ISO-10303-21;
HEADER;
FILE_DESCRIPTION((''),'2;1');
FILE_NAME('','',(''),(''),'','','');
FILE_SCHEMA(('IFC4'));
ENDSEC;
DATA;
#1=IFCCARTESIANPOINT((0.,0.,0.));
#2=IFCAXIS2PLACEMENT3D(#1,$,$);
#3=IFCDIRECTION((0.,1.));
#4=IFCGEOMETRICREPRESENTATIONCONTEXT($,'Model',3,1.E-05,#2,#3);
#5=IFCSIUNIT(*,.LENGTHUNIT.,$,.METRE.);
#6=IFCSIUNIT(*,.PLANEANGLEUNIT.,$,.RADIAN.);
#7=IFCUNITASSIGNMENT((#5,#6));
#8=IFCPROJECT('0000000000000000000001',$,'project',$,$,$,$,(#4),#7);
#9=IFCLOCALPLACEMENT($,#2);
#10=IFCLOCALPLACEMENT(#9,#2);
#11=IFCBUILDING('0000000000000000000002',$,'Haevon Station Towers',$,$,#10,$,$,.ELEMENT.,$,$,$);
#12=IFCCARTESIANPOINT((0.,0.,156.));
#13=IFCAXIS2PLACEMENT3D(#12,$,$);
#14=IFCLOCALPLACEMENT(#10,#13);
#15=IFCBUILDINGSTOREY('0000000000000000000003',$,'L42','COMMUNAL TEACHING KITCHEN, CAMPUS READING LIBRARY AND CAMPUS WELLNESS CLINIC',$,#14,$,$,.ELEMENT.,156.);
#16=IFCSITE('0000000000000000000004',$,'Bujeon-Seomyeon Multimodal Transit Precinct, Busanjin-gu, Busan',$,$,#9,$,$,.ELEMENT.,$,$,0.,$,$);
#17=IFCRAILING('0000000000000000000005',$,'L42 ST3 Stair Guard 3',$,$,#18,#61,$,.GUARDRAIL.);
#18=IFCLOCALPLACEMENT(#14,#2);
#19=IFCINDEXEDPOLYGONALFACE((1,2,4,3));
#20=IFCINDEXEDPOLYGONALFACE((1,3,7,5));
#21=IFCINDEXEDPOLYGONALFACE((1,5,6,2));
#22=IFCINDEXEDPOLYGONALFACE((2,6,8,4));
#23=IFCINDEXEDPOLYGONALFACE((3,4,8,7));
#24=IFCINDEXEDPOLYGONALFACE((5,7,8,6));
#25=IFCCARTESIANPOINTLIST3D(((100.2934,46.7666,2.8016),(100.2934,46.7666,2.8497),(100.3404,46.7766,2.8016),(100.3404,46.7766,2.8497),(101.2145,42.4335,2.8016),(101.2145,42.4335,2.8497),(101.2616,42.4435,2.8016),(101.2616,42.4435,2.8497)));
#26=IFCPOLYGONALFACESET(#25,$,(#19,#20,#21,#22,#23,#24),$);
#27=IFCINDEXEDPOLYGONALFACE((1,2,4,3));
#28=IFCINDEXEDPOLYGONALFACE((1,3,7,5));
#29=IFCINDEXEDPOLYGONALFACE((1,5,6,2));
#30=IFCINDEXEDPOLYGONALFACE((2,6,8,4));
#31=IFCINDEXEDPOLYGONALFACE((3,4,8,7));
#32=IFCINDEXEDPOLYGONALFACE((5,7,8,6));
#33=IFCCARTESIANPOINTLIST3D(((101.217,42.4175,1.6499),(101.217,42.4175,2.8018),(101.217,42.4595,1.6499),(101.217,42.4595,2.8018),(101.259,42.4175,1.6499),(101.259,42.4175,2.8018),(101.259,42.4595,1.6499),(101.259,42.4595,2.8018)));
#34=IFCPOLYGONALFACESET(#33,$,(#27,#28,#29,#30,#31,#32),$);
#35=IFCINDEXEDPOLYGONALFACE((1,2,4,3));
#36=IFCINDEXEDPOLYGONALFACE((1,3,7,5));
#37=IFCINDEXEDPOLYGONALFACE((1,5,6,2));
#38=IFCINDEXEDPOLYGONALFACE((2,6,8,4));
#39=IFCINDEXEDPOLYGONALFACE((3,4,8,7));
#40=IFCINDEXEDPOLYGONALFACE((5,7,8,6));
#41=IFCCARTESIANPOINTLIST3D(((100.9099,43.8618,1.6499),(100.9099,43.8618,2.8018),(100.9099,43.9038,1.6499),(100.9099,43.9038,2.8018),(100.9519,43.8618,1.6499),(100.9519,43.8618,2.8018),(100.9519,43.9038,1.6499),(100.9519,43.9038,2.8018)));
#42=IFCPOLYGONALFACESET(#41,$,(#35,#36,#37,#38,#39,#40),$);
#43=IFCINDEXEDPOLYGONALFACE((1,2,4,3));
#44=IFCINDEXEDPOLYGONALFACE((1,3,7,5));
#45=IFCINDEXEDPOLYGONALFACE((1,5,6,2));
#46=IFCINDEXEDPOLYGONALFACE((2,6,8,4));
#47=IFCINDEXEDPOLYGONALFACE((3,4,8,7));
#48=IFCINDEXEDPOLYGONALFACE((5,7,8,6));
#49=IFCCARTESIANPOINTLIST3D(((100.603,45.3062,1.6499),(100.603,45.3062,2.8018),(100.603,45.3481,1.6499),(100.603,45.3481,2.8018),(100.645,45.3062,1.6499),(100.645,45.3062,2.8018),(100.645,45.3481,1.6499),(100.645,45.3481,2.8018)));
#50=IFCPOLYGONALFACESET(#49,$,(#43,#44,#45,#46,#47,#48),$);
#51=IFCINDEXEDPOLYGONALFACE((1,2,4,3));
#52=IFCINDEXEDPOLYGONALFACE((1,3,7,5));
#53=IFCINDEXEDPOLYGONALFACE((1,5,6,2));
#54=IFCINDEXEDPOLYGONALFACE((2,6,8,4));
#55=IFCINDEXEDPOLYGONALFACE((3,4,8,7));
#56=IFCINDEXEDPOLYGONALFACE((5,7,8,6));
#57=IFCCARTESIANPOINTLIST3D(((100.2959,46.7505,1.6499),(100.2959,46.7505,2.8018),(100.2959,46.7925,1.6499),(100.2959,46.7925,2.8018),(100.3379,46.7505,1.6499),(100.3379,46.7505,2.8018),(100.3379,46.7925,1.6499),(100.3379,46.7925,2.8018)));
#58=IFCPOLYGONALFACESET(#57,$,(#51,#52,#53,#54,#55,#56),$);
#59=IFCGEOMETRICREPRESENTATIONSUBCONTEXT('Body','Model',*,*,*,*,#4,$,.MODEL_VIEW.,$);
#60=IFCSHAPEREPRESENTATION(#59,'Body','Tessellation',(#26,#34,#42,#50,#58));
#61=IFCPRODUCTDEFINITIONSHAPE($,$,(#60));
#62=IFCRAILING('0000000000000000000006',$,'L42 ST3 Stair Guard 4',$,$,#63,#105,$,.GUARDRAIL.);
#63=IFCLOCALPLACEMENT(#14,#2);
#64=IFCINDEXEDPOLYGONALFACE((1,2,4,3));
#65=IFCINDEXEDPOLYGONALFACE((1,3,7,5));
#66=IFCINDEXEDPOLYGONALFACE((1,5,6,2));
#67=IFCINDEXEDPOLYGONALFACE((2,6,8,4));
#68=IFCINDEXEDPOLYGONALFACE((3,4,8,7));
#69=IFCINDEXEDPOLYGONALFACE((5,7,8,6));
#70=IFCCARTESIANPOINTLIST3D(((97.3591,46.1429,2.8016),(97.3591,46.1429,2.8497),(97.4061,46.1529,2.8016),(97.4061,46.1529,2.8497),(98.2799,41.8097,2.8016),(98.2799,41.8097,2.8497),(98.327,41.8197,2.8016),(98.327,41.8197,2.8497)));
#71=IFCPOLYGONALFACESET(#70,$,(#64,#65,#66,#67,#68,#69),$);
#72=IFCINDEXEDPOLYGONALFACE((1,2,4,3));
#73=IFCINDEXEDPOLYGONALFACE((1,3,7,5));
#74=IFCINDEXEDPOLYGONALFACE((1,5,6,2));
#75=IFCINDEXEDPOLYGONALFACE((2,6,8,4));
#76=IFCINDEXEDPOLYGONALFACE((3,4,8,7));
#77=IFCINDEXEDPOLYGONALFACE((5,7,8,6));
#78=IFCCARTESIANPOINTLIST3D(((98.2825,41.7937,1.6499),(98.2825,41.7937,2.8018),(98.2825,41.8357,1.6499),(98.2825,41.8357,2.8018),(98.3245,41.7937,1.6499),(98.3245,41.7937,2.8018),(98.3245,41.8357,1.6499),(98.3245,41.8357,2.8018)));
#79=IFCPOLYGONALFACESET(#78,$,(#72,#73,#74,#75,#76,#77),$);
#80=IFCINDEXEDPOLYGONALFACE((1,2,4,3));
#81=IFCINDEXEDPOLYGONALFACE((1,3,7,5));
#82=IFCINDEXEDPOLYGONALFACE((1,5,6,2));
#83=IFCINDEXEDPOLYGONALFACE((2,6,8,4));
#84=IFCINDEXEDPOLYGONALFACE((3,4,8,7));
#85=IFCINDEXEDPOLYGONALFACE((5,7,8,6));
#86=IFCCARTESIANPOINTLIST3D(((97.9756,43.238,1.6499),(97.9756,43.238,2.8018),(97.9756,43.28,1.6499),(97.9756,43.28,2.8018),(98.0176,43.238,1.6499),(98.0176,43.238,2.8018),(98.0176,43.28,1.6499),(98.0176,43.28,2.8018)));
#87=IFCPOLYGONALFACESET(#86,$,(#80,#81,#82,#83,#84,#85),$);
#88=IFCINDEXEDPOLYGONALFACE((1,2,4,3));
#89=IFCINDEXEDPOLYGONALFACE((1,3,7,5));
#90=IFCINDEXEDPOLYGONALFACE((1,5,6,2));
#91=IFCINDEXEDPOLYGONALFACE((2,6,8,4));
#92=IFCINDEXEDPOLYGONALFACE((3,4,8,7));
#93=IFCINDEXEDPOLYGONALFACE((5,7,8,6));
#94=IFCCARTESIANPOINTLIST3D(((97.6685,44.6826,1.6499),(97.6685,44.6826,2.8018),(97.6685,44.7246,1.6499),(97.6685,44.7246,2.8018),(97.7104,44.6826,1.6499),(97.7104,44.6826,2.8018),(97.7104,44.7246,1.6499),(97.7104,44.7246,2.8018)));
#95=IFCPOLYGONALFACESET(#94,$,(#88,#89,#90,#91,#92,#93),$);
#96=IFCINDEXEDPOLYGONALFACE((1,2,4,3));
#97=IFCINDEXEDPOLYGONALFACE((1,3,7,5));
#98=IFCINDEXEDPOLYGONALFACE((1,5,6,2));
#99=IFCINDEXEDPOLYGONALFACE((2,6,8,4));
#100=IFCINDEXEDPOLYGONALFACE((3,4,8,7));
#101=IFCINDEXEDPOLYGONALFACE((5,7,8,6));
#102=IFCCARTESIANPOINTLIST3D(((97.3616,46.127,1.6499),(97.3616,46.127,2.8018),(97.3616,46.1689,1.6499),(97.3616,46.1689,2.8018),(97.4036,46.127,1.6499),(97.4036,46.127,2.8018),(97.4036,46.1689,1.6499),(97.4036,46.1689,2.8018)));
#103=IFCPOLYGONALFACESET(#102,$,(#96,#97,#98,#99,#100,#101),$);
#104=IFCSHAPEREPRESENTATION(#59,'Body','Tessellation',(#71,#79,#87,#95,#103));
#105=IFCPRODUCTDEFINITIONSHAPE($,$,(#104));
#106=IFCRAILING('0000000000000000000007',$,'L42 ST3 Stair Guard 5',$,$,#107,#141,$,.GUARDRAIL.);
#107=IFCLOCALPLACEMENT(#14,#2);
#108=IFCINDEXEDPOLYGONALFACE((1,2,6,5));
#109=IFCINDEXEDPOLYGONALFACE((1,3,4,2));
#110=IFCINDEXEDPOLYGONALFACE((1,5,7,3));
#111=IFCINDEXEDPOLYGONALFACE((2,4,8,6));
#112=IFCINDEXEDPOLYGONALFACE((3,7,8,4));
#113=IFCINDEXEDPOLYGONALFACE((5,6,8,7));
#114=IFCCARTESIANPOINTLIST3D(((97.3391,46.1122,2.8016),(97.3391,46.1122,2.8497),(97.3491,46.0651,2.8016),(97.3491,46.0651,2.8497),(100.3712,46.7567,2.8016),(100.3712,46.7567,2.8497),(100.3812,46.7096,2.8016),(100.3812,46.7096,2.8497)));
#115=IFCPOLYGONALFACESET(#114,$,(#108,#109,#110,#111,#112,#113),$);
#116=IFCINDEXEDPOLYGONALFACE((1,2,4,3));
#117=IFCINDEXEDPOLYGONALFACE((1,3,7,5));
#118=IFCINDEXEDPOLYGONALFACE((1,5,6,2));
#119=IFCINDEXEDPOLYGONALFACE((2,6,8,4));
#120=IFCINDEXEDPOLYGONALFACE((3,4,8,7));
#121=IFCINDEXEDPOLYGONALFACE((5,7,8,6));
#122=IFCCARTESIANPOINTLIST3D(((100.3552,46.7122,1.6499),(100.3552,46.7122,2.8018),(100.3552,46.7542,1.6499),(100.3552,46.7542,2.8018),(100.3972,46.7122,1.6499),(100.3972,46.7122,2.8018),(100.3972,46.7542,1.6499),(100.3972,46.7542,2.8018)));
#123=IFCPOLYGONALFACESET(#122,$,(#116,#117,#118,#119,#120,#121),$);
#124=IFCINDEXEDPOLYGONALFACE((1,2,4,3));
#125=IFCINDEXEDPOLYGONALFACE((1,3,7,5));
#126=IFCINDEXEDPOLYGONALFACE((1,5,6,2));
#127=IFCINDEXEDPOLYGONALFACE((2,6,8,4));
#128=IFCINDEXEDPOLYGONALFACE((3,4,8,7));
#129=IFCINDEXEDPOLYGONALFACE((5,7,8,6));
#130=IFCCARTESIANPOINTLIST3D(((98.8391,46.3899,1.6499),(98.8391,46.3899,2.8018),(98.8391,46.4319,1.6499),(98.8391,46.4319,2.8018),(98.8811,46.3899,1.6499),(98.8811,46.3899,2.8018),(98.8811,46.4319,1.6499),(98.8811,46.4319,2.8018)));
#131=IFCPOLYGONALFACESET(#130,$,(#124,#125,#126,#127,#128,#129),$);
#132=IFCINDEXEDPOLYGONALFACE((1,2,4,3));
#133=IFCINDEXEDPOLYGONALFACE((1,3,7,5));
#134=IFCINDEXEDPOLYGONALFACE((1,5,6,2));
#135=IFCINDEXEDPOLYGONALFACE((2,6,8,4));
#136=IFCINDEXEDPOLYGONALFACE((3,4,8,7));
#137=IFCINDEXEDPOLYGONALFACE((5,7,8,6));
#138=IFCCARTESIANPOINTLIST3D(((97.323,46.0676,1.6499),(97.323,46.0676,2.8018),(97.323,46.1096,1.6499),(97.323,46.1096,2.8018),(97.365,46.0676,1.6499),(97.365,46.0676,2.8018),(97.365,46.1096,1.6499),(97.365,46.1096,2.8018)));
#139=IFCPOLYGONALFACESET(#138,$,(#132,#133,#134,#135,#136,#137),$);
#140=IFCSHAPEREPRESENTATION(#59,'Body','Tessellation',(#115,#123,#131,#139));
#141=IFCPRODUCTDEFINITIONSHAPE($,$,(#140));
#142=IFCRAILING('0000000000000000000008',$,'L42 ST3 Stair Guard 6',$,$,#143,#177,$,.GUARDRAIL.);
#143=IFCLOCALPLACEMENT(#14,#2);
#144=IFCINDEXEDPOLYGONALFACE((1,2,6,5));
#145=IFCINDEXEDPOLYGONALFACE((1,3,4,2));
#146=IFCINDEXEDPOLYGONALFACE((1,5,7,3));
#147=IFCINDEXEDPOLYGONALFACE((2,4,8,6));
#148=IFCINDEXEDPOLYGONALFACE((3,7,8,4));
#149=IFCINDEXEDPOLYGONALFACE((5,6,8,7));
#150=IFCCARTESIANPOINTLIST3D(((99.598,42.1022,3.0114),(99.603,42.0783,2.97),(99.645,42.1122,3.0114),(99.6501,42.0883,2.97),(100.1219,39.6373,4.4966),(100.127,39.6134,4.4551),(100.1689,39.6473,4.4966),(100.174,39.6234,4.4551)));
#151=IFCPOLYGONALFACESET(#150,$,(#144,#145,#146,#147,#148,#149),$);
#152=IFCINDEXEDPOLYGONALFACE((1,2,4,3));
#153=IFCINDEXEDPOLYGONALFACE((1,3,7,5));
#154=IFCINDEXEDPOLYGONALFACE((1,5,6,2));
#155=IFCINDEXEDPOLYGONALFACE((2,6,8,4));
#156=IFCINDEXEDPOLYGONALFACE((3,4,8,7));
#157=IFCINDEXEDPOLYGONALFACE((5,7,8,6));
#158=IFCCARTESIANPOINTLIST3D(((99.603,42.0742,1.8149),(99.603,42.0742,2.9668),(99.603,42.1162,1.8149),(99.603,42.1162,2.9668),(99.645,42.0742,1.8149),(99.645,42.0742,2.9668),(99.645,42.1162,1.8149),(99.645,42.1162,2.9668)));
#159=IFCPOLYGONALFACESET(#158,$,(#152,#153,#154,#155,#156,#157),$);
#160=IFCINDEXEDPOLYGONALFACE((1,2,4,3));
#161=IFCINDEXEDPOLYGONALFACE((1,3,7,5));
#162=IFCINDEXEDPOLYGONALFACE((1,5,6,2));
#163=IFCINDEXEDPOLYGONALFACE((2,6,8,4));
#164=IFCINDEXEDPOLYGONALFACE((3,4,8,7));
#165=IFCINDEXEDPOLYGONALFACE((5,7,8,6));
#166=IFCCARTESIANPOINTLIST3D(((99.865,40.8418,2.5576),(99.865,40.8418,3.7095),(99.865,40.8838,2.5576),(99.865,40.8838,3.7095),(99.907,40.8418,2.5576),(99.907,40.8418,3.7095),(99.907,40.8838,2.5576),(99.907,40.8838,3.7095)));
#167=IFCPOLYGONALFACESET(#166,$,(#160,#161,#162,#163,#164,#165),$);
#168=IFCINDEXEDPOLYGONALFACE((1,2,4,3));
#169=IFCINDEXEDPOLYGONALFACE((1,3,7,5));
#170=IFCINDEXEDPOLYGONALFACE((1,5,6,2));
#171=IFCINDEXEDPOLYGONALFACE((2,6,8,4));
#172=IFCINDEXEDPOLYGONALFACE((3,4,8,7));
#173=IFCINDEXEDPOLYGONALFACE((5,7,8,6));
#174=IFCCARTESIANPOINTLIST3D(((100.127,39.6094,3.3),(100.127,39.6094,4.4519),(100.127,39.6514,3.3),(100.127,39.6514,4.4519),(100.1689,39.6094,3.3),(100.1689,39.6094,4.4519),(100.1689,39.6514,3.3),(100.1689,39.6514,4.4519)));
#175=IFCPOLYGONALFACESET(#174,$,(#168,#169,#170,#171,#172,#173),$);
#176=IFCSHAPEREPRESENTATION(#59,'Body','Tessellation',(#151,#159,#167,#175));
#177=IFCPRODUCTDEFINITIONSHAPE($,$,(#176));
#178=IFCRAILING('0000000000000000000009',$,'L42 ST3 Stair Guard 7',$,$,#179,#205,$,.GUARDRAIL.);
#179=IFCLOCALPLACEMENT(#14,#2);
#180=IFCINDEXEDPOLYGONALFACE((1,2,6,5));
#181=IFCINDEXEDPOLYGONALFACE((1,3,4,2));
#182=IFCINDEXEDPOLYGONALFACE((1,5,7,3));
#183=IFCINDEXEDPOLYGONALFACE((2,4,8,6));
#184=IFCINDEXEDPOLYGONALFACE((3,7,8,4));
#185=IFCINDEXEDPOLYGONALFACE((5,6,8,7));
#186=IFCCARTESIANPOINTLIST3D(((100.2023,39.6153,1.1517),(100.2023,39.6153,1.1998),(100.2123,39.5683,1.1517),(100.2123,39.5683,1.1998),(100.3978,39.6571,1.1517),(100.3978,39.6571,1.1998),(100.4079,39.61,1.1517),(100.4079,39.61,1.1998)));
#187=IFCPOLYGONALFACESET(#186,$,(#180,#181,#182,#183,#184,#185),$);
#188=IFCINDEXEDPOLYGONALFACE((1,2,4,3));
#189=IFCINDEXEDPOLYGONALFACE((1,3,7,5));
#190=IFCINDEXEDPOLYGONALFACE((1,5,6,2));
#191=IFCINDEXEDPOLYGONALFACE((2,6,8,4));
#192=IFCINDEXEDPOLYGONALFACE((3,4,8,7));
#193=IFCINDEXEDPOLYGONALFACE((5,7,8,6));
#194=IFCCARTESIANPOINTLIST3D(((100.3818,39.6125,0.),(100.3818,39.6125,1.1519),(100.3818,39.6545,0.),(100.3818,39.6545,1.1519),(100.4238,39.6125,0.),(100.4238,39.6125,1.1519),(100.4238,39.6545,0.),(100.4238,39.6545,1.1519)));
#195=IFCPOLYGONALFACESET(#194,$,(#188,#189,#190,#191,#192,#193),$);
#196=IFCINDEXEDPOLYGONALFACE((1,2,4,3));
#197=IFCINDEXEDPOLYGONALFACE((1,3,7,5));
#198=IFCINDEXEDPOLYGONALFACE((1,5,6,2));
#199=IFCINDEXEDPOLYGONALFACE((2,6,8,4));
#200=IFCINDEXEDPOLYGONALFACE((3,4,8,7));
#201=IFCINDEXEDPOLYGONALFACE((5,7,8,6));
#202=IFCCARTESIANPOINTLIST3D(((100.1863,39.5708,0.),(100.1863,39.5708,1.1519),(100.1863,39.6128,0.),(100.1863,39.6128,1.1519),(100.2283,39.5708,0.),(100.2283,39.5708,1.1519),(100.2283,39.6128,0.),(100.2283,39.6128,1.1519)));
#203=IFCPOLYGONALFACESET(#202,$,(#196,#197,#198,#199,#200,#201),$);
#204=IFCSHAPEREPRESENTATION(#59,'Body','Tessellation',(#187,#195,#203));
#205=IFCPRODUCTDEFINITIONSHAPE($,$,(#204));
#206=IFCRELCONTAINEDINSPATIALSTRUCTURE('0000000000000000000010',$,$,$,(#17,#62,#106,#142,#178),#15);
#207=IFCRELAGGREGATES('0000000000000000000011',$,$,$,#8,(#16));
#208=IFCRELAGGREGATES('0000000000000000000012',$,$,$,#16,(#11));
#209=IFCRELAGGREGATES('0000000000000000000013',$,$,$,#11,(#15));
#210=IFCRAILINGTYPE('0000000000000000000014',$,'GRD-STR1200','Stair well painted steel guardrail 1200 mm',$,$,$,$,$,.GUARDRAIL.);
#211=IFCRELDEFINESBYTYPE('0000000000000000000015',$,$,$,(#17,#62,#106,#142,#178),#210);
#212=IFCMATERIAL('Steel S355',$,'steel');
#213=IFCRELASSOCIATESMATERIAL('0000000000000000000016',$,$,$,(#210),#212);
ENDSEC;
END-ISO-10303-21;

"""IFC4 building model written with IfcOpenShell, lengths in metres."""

from ifc_helpers import new_model, si_unit, direction, frame, origin, origin_2d, place, context, subcontext, project, spatial, rectangle, extrude, material, type_object, element, save


model = new_model("IFC4")

# Units and contexts
model_context = context("Model", 3, precision=1e-05, world=origin(), true_north=direction((0.0, 1.0)))
body_context = subcontext(model_context, "Body", "Model", "MODEL_VIEW")
ifc_project = project(units=[si_unit("LENGTHUNIT", "METRE"), si_unit("PLANEANGLEUNIT", "RADIAN")], contexts=[model_context])

# Site, building, storey
site_placement = place(None, origin())
site = spatial("IfcSite", under=ifc_project, at=site_placement, Name="Bujeon-Seomyeon Multimodal Transit Precinct, Busanjin-gu, Busan", CompositionType="ELEMENT", RefElevation=0.0)
building_placement = place(site_placement, origin())
building = spatial("IfcBuilding", under=site, at=building_placement, Name="Haevon Station Towers", CompositionType="ELEMENT")
storey_placement = place(building_placement, frame((0.0, 0.0, 156.0)))
storey = spatial("IfcBuildingStorey", under=building, at=storey_placement, Name="L42", Description="COMMUNAL TEACHING KITCHEN, CAMPUS READING LIBRARY AND CAMPUS WELLNESS CLINIC", CompositionType="ELEMENT", Elevation=156.0)

# Shared definitions
ifc_material_1 = material(Name="Steel S355", Category="steel")

# Railings
railing_type_1 = type_object("IfcRailingType", Name="GRD-STR1200", Description="Stair well painted steel guardrail 1200 mm", PredefinedType="GUARDRAIL", material=ifc_material_1)
railing_1_placement = place(storey_placement, frame((101.238, 42.4385, 1.6499)))
element("IfcRailing", 1, at=railing_1_placement, inside=storey, type_object=railing_type_1, Name="L42 ST3 Stair Guard 3", PredefinedType="GUARDRAIL", context=body_context, shape_type="SweptSolid", body=[
    extrude(rectangle(XDim=0.0481, YDim=0.0481, at=origin_2d()), frame((0.0, 0.0, 1.1758), z_axis=(-0.20794, 0.978141, 0.0), x_axis=(-0.978141, -0.20794, 0.0)), (0.0, 0.0, 1.0), 4.4299),
    extrude(rectangle(XDim=0.042, YDim=0.042, at=origin_2d()), origin(), (0.0, 0.0, 1.0), 1.1519),
    extrude(rectangle(XDim=0.042, YDim=0.042, at=origin_2d()), frame((-0.3071, 1.4443, 0.0)), (0.0, 0.0, 1.0), 1.1519),
    extrude(rectangle(XDim=0.042, YDim=0.042, at=origin_2d()), frame((-0.614, 2.8887, 0.0)), (0.0, 0.0, 1.0), 1.1519),
    extrude(rectangle(XDim=0.042, YDim=0.042, at=origin_2d()), frame((-0.9211, 4.333, 0.0)), (0.0, 0.0, 1.0), 1.1519),
])
railing_2_placement = place(storey_placement, frame((98.3035, 41.8147, 1.6499)))
element("IfcRailing", 2, at=railing_2_placement, inside=storey, type_object=railing_type_1, Name="L42 ST3 Stair Guard 4", PredefinedType="GUARDRAIL", context=body_context, shape_type="SweptSolid", body=[
    extrude(rectangle(XDim=0.0481, YDim=0.0481, at=origin_2d()), frame((0.0, 0.0, 1.1758), z_axis=(-0.207877, 0.978155, 0.0), x_axis=(-0.978155, -0.207877, 0.0)), (0.0, 0.0, 1.0), 4.4299),
    extrude(rectangle(XDim=0.042, YDim=0.042, at=origin_2d()), origin(), (0.0, 0.0, 1.0), 1.1519),
    extrude(rectangle(XDim=0.042, YDim=0.042, at=origin_2d()), frame((-0.3069, 1.4443, 0.0)), (0.0, 0.0, 1.0), 1.1519),
    extrude(rectangle(XDim=0.042, YDim=0.042, at=origin_2d()), frame((-0.614, 2.8889, 0.0)), (0.0, 0.0, 1.0), 1.1519),
    extrude(rectangle(XDim=0.042, YDim=0.042, at=origin_2d()), frame((-0.9209, 4.3333, 0.0)), (0.0, 0.0, 1.0), 1.1519),
])
railing_3_placement = place(storey_placement, frame((100.3762, 46.7332, 1.6499)))
element("IfcRailing", 3, at=railing_3_placement, inside=storey, type_object=railing_type_1, Name="L42 ST3 Stair Guard 5", PredefinedType="GUARDRAIL", context=body_context, shape_type="SweptSolid", body=[
    extrude(rectangle(XDim=0.0481, YDim=0.0481, at=origin_2d()), frame((0.0, 0.0, 1.1758), z_axis=(-0.978147, -0.207915, 0.0), x_axis=(0.207915, -0.978147, 0.0)), (0.0, 0.0, 1.0), 3.0999),
    extrude(rectangle(XDim=0.042, YDim=0.042, at=origin_2d()), origin(), (0.0, 0.0, 1.0), 1.1519),
    extrude(rectangle(XDim=0.042, YDim=0.042, at=origin_2d()), frame((-1.5161, -0.3223, 0.0)), (0.0, 0.0, 1.0), 1.1519),
    extrude(rectangle(XDim=0.042, YDim=0.042, at=origin_2d()), frame((-3.0322, -0.6445, 0.0)), (0.0, 0.0, 1.0), 1.1519),
])
railing_4_placement = place(storey_placement, frame((99.624, 42.0952, 1.8149)))
element("IfcRailing", 4, at=railing_4_placement, inside=storey, type_object=railing_type_1, Name="L42 ST3 Stair Guard 6", PredefinedType="GUARDRAIL", context=body_context, shape_type="SweptSolid", body=[
    extrude(rectangle(XDim=0.0481, YDim=0.0481, at=origin_2d()), frame((0.0, 0.0, 1.1758), z_axis=(0.179121, -0.842688, 0.507733), x_axis=(0.978147, 0.207914, 0.0)), (0.0, 0.0, 1.0), 2.925),
    extrude(rectangle(XDim=0.042, YDim=0.042, at=origin_2d()), origin(), (0.0, 0.0, 1.0), 1.1519),
    extrude(rectangle(XDim=0.042, YDim=0.042, at=origin_2d()), frame((0.262, -1.2324, 0.7427)), (0.0, 0.0, 1.0), 1.1519),
    extrude(rectangle(XDim=0.042, YDim=0.042, at=origin_2d()), frame((0.5239, -2.4648, 1.4851)), (0.0, 0.0, 1.0), 1.1519),
])
railing_5_placement = place(storey_placement, frame((100.4028, 39.6335, 0.0)))
element("IfcRailing", 5, at=railing_5_placement, inside=storey, type_object=railing_type_1, Name="L42 ST3 Stair Guard 7", PredefinedType="GUARDRAIL", context=body_context, shape_type="SweptSolid", body=[
    extrude(rectangle(XDim=0.0481, YDim=0.0481, at=origin_2d()), frame((0.0, 0.0, 1.1758), z_axis=(-0.977963, -0.208779, 0.0), x_axis=(0.208779, -0.977963, 0.0)), (0.0, 0.0, 1.0), 0.2),
    extrude(rectangle(XDim=0.042, YDim=0.042, at=origin_2d()), origin(), (0.0, 0.0, 1.0), 1.1519),
    extrude(rectangle(XDim=0.042, YDim=0.042, at=origin_2d()), frame((-0.1956, -0.0417, 0.0)), (0.0, 0.0, 1.0), 1.1519),
])

save(model, "model.ifc")
